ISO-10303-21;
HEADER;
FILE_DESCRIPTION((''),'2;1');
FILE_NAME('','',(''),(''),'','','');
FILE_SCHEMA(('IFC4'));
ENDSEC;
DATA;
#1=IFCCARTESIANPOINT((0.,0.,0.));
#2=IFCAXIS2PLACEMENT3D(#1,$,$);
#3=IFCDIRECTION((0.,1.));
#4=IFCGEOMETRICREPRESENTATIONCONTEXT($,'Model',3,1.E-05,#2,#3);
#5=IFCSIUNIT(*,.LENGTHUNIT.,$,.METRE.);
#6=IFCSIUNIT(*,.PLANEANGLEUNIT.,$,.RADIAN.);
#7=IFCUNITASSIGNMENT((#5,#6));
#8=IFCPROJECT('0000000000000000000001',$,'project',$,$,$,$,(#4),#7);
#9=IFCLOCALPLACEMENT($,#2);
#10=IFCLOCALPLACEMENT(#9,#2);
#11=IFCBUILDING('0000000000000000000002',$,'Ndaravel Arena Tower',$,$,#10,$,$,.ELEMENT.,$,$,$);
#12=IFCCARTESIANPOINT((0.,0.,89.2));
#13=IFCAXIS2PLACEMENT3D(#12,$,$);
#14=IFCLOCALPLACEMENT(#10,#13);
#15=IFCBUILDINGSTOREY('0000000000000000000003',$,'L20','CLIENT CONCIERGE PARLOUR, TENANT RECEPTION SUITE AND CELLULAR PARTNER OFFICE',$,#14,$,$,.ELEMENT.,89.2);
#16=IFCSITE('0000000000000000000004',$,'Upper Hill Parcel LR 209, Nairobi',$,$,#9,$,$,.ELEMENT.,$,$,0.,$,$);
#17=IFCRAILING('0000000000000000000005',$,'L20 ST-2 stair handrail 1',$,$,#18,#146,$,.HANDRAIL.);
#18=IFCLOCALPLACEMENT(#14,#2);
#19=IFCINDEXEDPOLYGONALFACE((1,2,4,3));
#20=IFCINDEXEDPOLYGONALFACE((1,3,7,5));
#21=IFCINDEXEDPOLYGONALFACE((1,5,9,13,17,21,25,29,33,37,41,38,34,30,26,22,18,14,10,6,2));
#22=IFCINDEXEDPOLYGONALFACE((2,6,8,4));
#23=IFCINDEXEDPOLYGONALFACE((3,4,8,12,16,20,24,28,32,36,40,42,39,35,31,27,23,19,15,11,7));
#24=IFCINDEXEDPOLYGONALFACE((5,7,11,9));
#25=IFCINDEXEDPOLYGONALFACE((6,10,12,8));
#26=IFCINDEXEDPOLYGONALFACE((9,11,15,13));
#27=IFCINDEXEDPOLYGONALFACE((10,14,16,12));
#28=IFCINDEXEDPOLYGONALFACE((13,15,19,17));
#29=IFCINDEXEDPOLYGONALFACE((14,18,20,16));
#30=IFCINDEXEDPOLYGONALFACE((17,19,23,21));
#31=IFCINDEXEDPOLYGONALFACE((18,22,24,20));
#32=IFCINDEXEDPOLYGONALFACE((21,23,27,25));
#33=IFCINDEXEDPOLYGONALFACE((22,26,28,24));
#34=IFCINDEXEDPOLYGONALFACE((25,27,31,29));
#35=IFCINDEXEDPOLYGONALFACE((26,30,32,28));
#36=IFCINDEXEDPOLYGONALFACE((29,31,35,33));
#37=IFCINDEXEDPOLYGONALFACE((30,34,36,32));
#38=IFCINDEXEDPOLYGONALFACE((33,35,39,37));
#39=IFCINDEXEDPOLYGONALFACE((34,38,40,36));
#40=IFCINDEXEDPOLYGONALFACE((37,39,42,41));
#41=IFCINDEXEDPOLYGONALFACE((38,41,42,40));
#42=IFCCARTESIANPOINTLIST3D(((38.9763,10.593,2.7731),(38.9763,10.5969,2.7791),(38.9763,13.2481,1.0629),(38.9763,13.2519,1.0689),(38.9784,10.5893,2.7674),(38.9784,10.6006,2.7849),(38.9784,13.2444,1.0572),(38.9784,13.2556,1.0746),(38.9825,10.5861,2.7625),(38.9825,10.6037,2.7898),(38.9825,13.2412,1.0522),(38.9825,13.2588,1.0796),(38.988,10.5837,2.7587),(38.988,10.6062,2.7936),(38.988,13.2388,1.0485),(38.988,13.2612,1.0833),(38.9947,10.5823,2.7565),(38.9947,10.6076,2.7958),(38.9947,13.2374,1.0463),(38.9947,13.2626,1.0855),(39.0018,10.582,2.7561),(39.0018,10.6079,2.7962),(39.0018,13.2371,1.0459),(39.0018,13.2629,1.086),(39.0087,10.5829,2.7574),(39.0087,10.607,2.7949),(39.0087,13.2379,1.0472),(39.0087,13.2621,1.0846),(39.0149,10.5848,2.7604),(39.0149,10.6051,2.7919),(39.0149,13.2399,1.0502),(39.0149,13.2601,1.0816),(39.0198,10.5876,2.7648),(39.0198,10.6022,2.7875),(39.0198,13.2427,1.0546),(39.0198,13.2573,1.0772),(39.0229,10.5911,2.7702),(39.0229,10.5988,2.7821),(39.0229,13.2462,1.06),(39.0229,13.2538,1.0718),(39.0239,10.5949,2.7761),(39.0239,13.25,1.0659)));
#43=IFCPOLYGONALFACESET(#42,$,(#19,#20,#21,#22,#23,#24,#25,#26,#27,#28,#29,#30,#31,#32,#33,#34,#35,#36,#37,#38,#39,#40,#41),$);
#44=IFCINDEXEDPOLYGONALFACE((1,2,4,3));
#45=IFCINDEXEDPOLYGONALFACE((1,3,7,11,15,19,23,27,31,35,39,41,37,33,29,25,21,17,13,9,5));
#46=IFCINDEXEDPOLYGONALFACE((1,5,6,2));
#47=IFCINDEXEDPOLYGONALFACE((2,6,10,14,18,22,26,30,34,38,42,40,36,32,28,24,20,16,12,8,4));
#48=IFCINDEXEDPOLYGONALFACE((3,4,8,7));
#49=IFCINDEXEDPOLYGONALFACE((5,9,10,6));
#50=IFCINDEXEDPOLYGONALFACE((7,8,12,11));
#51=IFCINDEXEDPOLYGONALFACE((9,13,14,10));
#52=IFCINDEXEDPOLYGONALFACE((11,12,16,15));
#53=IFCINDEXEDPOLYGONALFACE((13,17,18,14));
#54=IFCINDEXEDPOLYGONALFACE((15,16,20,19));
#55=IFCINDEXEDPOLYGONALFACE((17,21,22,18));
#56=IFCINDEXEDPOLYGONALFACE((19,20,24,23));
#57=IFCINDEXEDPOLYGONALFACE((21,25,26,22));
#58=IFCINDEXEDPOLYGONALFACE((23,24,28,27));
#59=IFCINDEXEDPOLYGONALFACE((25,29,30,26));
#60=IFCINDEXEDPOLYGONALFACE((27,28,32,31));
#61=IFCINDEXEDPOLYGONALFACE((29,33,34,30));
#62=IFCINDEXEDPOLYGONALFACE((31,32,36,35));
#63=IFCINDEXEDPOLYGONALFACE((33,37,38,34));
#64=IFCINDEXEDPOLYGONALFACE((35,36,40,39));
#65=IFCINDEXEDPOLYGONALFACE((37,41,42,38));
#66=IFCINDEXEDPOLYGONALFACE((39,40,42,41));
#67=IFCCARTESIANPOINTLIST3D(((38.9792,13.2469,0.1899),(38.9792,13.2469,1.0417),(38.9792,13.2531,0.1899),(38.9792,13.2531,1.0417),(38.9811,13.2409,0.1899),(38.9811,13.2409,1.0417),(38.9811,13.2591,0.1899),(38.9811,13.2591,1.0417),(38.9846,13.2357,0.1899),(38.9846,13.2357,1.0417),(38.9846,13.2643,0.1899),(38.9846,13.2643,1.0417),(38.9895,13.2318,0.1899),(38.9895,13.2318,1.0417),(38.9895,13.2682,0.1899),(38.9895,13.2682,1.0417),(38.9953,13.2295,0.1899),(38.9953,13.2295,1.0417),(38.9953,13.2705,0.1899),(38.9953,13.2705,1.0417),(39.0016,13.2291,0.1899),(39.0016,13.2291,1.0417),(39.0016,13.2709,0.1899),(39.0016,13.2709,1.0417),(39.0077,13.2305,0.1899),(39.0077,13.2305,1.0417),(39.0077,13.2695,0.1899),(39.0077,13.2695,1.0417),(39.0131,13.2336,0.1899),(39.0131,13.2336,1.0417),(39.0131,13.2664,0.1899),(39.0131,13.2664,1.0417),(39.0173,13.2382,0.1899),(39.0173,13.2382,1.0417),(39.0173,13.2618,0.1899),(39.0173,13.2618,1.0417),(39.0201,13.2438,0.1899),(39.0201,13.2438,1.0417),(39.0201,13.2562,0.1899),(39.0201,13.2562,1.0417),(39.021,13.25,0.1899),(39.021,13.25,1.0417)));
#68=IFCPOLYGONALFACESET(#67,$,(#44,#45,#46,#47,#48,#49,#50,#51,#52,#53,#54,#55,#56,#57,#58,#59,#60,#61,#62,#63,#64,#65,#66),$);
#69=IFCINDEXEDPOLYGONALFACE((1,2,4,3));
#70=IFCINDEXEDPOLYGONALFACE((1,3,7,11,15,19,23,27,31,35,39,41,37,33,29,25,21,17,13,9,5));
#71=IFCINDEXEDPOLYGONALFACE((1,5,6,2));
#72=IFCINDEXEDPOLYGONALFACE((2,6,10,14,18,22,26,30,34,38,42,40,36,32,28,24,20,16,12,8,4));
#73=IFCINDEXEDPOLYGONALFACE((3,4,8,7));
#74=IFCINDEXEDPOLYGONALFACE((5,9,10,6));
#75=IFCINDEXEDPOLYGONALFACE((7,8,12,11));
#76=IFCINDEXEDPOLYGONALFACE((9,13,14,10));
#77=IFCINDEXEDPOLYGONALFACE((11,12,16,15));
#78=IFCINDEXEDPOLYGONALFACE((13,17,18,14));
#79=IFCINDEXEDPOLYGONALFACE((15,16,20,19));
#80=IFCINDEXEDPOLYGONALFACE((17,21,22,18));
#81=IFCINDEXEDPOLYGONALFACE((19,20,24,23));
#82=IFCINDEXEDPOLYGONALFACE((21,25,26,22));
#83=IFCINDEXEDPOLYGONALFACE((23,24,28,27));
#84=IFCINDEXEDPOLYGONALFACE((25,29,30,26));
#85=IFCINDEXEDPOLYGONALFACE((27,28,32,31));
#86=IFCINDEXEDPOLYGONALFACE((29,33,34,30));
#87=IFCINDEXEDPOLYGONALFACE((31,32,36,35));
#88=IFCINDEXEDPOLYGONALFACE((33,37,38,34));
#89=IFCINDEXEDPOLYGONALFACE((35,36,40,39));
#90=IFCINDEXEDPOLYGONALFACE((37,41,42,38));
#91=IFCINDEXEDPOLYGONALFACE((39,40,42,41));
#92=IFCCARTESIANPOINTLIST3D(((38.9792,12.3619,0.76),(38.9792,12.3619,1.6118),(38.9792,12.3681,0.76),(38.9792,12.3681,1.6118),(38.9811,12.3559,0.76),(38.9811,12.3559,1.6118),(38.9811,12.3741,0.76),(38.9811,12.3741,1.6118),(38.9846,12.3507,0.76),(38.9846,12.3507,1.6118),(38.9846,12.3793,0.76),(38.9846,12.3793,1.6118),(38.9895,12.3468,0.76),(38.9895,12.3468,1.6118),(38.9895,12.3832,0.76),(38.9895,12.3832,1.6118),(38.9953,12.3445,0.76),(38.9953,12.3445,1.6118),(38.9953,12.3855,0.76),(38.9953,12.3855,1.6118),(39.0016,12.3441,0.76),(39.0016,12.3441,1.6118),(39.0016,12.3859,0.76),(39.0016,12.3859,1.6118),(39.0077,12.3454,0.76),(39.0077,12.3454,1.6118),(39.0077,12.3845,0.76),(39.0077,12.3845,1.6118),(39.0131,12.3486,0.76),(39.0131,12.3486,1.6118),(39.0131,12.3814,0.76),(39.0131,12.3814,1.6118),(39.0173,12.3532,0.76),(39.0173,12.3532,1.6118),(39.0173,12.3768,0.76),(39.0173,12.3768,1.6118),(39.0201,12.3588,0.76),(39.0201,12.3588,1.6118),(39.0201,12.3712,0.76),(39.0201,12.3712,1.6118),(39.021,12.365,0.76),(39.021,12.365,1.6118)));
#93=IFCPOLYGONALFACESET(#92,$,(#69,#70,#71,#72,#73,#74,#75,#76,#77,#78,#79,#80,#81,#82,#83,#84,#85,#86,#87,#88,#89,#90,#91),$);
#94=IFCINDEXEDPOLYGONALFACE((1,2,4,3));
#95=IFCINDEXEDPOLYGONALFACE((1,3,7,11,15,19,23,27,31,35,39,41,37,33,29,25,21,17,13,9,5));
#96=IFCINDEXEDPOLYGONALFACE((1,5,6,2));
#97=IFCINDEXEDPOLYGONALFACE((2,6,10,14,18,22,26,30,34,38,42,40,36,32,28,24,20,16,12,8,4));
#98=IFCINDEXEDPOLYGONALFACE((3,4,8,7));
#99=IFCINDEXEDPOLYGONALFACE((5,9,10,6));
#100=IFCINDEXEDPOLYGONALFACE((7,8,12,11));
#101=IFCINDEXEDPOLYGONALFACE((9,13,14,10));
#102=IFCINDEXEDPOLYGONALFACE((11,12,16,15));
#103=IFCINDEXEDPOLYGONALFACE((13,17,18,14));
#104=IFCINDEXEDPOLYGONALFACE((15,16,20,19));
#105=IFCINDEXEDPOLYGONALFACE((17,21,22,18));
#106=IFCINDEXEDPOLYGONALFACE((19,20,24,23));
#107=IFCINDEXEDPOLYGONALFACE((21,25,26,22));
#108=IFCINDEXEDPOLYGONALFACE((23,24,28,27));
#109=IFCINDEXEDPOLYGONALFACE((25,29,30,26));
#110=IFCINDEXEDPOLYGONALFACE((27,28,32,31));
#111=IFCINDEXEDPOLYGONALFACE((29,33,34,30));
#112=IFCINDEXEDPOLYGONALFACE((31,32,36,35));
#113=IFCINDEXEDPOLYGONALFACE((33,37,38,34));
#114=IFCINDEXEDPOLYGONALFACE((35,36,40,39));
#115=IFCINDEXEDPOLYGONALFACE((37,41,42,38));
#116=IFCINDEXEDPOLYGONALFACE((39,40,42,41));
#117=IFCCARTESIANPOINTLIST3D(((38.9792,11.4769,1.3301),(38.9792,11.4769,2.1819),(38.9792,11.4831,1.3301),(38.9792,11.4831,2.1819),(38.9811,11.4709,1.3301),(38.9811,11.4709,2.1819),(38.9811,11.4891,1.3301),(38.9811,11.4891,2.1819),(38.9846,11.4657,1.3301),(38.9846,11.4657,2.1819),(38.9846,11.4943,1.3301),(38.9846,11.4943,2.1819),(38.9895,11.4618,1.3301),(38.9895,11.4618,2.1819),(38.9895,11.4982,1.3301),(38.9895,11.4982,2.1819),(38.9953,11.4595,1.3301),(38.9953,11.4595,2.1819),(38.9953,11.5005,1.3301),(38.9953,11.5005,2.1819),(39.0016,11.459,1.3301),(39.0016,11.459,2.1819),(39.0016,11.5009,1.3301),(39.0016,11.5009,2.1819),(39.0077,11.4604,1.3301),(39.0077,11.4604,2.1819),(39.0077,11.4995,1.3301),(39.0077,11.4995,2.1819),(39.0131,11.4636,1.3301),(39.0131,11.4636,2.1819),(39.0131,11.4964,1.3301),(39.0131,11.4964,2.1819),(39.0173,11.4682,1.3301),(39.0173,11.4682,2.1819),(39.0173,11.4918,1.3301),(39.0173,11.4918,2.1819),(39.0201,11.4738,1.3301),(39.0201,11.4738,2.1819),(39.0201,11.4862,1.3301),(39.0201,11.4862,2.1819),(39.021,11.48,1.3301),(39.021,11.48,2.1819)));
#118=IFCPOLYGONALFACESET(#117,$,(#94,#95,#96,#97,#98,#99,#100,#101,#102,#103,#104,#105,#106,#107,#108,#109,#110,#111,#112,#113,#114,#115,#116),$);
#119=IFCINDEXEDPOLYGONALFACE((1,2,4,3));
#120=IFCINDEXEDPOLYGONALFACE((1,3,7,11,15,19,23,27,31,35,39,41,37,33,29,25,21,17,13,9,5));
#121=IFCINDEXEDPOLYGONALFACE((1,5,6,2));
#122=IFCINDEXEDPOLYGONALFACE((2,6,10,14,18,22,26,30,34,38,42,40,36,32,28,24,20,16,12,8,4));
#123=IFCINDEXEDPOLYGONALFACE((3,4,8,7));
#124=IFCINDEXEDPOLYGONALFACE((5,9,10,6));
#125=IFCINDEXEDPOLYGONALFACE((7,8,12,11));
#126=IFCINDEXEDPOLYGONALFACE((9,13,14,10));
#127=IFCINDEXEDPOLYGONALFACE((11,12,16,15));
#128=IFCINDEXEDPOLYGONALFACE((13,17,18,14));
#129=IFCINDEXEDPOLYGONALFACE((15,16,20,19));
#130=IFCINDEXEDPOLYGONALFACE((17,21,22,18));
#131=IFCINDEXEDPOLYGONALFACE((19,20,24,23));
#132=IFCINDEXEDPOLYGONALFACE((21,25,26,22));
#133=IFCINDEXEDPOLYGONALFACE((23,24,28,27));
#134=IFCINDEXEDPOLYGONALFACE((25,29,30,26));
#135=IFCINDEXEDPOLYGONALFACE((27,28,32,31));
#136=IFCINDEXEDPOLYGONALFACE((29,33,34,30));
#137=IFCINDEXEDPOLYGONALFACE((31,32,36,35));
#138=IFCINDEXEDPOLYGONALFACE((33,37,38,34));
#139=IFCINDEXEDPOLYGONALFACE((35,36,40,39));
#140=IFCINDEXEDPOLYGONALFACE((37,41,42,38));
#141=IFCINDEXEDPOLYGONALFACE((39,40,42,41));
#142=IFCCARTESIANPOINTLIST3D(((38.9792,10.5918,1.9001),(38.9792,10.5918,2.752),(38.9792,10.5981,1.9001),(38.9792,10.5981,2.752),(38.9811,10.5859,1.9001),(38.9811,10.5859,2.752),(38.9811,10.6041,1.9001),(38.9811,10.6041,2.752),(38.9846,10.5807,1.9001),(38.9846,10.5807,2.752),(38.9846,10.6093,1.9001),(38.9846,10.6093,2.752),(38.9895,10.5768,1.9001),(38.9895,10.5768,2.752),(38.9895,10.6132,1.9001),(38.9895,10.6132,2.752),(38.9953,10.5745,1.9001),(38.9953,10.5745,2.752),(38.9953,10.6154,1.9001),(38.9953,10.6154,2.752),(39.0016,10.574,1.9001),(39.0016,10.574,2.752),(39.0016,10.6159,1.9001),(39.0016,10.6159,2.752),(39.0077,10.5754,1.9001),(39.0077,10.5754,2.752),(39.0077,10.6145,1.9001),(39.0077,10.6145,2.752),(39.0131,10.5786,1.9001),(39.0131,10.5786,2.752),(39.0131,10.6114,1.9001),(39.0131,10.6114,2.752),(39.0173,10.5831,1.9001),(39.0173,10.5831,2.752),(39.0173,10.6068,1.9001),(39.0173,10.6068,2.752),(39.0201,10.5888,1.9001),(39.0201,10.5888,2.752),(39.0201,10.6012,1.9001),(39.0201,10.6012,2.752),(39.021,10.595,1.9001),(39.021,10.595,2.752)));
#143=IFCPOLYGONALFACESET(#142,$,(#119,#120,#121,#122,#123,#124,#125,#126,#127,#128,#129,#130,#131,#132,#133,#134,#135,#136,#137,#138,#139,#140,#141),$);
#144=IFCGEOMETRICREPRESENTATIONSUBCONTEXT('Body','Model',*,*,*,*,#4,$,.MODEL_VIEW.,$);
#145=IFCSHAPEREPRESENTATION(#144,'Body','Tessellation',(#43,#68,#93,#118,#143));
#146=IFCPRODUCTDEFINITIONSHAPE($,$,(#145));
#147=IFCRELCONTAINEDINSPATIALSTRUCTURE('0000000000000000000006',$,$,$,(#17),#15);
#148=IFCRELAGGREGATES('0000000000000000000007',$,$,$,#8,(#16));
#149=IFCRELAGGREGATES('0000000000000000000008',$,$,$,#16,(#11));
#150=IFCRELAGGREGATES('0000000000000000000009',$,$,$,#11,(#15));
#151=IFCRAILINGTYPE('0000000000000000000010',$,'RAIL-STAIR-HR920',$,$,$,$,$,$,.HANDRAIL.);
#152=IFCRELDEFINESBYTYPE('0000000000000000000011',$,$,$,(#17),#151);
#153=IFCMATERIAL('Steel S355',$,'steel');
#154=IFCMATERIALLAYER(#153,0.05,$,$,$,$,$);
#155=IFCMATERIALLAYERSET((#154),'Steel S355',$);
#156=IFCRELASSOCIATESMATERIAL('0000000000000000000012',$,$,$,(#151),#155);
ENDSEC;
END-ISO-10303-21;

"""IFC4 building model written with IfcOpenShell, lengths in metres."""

from ifc_helpers import new_model, si_unit, direction, frame, origin, origin_2d, place, context, subcontext, project, spatial, circle, extrude, material, layer, layer_set, type_object, element, save


model = new_model("IFC4")

# Units and contexts
model_context = context("Model", 3, precision=1e-05, world=origin(), true_north=direction((0.0, 1.0)))
body_context = subcontext(model_context, "Body", "Model", "MODEL_VIEW")
ifc_project = project(units=[si_unit("LENGTHUNIT", "METRE"), si_unit("PLANEANGLEUNIT", "RADIAN")], contexts=[model_context])

# Site, building, storey
site_placement = place(None, origin())
site = spatial("IfcSite", under=ifc_project, at=site_placement, Name="Upper Hill Parcel LR 209, Nairobi", CompositionType="ELEMENT", RefElevation=0.0)
building_placement = place(site_placement, origin())
building = spatial("IfcBuilding", under=site, at=building_placement, Name="Ndaravel Arena Tower", CompositionType="ELEMENT")
storey_placement = place(building_placement, frame((0.0, 0.0, 89.2)))
storey = spatial("IfcBuildingStorey", under=building, at=storey_placement, Name="L20", Description="CLIENT CONCIERGE PARLOUR, TENANT RECEPTION SUITE AND CELLULAR PARTNER OFFICE", CompositionType="ELEMENT", Elevation=89.2)

# Railing
ifc_material_1 = material(Name="Steel S355", Category="steel")
ifc_layer_1 = layer(ifc_material_1, 0.05)
ifc_layer_set_1 = layer_set([ifc_layer_1], Name="Steel S355")
railing_type_1 = type_object("IfcRailingType", Name="RAIL-STAIR-HR920", PredefinedType="HANDRAIL", material=ifc_layer_set_1)
railing_1_placement = place(storey_placement, frame((39.0, 13.25, 0.1899)))
element("IfcRailing", 1, at=railing_1_placement, inside=storey, type_object=railing_type_1, Name="L20 ST-2 stair handrail 1", PredefinedType="HANDRAIL", context=body_context, shape_type="SweptSolid", body=[
    extrude(circle(Radius=0.0239, at=origin_2d()), frame((0.0, 0.0, 0.876), z_axis=(0.0, -0.840688, 0.541519), x_axis=(1.0, 0.0, 0.0)), (0.0, 0.0, 1.0), 3.1582),
    extrude(circle(Radius=0.021, at=origin_2d()), origin(), (0.0, 0.0, 1.0), 0.8518),
    extrude(circle(Radius=0.021, at=origin_2d()), frame((0.0, -0.885, 0.5701)), (0.0, 0.0, 1.0), 0.8518),
    extrude(circle(Radius=0.021, at=origin_2d()), frame((0.0, -1.77, 1.1401)), (0.0, 0.0, 1.0), 0.8518),
    extrude(circle(Radius=0.021, at=origin_2d()), frame((0.0, -2.655, 1.7102)), (0.0, 0.0, 1.0), 0.8518),
])

save(model, "model.ifc")
